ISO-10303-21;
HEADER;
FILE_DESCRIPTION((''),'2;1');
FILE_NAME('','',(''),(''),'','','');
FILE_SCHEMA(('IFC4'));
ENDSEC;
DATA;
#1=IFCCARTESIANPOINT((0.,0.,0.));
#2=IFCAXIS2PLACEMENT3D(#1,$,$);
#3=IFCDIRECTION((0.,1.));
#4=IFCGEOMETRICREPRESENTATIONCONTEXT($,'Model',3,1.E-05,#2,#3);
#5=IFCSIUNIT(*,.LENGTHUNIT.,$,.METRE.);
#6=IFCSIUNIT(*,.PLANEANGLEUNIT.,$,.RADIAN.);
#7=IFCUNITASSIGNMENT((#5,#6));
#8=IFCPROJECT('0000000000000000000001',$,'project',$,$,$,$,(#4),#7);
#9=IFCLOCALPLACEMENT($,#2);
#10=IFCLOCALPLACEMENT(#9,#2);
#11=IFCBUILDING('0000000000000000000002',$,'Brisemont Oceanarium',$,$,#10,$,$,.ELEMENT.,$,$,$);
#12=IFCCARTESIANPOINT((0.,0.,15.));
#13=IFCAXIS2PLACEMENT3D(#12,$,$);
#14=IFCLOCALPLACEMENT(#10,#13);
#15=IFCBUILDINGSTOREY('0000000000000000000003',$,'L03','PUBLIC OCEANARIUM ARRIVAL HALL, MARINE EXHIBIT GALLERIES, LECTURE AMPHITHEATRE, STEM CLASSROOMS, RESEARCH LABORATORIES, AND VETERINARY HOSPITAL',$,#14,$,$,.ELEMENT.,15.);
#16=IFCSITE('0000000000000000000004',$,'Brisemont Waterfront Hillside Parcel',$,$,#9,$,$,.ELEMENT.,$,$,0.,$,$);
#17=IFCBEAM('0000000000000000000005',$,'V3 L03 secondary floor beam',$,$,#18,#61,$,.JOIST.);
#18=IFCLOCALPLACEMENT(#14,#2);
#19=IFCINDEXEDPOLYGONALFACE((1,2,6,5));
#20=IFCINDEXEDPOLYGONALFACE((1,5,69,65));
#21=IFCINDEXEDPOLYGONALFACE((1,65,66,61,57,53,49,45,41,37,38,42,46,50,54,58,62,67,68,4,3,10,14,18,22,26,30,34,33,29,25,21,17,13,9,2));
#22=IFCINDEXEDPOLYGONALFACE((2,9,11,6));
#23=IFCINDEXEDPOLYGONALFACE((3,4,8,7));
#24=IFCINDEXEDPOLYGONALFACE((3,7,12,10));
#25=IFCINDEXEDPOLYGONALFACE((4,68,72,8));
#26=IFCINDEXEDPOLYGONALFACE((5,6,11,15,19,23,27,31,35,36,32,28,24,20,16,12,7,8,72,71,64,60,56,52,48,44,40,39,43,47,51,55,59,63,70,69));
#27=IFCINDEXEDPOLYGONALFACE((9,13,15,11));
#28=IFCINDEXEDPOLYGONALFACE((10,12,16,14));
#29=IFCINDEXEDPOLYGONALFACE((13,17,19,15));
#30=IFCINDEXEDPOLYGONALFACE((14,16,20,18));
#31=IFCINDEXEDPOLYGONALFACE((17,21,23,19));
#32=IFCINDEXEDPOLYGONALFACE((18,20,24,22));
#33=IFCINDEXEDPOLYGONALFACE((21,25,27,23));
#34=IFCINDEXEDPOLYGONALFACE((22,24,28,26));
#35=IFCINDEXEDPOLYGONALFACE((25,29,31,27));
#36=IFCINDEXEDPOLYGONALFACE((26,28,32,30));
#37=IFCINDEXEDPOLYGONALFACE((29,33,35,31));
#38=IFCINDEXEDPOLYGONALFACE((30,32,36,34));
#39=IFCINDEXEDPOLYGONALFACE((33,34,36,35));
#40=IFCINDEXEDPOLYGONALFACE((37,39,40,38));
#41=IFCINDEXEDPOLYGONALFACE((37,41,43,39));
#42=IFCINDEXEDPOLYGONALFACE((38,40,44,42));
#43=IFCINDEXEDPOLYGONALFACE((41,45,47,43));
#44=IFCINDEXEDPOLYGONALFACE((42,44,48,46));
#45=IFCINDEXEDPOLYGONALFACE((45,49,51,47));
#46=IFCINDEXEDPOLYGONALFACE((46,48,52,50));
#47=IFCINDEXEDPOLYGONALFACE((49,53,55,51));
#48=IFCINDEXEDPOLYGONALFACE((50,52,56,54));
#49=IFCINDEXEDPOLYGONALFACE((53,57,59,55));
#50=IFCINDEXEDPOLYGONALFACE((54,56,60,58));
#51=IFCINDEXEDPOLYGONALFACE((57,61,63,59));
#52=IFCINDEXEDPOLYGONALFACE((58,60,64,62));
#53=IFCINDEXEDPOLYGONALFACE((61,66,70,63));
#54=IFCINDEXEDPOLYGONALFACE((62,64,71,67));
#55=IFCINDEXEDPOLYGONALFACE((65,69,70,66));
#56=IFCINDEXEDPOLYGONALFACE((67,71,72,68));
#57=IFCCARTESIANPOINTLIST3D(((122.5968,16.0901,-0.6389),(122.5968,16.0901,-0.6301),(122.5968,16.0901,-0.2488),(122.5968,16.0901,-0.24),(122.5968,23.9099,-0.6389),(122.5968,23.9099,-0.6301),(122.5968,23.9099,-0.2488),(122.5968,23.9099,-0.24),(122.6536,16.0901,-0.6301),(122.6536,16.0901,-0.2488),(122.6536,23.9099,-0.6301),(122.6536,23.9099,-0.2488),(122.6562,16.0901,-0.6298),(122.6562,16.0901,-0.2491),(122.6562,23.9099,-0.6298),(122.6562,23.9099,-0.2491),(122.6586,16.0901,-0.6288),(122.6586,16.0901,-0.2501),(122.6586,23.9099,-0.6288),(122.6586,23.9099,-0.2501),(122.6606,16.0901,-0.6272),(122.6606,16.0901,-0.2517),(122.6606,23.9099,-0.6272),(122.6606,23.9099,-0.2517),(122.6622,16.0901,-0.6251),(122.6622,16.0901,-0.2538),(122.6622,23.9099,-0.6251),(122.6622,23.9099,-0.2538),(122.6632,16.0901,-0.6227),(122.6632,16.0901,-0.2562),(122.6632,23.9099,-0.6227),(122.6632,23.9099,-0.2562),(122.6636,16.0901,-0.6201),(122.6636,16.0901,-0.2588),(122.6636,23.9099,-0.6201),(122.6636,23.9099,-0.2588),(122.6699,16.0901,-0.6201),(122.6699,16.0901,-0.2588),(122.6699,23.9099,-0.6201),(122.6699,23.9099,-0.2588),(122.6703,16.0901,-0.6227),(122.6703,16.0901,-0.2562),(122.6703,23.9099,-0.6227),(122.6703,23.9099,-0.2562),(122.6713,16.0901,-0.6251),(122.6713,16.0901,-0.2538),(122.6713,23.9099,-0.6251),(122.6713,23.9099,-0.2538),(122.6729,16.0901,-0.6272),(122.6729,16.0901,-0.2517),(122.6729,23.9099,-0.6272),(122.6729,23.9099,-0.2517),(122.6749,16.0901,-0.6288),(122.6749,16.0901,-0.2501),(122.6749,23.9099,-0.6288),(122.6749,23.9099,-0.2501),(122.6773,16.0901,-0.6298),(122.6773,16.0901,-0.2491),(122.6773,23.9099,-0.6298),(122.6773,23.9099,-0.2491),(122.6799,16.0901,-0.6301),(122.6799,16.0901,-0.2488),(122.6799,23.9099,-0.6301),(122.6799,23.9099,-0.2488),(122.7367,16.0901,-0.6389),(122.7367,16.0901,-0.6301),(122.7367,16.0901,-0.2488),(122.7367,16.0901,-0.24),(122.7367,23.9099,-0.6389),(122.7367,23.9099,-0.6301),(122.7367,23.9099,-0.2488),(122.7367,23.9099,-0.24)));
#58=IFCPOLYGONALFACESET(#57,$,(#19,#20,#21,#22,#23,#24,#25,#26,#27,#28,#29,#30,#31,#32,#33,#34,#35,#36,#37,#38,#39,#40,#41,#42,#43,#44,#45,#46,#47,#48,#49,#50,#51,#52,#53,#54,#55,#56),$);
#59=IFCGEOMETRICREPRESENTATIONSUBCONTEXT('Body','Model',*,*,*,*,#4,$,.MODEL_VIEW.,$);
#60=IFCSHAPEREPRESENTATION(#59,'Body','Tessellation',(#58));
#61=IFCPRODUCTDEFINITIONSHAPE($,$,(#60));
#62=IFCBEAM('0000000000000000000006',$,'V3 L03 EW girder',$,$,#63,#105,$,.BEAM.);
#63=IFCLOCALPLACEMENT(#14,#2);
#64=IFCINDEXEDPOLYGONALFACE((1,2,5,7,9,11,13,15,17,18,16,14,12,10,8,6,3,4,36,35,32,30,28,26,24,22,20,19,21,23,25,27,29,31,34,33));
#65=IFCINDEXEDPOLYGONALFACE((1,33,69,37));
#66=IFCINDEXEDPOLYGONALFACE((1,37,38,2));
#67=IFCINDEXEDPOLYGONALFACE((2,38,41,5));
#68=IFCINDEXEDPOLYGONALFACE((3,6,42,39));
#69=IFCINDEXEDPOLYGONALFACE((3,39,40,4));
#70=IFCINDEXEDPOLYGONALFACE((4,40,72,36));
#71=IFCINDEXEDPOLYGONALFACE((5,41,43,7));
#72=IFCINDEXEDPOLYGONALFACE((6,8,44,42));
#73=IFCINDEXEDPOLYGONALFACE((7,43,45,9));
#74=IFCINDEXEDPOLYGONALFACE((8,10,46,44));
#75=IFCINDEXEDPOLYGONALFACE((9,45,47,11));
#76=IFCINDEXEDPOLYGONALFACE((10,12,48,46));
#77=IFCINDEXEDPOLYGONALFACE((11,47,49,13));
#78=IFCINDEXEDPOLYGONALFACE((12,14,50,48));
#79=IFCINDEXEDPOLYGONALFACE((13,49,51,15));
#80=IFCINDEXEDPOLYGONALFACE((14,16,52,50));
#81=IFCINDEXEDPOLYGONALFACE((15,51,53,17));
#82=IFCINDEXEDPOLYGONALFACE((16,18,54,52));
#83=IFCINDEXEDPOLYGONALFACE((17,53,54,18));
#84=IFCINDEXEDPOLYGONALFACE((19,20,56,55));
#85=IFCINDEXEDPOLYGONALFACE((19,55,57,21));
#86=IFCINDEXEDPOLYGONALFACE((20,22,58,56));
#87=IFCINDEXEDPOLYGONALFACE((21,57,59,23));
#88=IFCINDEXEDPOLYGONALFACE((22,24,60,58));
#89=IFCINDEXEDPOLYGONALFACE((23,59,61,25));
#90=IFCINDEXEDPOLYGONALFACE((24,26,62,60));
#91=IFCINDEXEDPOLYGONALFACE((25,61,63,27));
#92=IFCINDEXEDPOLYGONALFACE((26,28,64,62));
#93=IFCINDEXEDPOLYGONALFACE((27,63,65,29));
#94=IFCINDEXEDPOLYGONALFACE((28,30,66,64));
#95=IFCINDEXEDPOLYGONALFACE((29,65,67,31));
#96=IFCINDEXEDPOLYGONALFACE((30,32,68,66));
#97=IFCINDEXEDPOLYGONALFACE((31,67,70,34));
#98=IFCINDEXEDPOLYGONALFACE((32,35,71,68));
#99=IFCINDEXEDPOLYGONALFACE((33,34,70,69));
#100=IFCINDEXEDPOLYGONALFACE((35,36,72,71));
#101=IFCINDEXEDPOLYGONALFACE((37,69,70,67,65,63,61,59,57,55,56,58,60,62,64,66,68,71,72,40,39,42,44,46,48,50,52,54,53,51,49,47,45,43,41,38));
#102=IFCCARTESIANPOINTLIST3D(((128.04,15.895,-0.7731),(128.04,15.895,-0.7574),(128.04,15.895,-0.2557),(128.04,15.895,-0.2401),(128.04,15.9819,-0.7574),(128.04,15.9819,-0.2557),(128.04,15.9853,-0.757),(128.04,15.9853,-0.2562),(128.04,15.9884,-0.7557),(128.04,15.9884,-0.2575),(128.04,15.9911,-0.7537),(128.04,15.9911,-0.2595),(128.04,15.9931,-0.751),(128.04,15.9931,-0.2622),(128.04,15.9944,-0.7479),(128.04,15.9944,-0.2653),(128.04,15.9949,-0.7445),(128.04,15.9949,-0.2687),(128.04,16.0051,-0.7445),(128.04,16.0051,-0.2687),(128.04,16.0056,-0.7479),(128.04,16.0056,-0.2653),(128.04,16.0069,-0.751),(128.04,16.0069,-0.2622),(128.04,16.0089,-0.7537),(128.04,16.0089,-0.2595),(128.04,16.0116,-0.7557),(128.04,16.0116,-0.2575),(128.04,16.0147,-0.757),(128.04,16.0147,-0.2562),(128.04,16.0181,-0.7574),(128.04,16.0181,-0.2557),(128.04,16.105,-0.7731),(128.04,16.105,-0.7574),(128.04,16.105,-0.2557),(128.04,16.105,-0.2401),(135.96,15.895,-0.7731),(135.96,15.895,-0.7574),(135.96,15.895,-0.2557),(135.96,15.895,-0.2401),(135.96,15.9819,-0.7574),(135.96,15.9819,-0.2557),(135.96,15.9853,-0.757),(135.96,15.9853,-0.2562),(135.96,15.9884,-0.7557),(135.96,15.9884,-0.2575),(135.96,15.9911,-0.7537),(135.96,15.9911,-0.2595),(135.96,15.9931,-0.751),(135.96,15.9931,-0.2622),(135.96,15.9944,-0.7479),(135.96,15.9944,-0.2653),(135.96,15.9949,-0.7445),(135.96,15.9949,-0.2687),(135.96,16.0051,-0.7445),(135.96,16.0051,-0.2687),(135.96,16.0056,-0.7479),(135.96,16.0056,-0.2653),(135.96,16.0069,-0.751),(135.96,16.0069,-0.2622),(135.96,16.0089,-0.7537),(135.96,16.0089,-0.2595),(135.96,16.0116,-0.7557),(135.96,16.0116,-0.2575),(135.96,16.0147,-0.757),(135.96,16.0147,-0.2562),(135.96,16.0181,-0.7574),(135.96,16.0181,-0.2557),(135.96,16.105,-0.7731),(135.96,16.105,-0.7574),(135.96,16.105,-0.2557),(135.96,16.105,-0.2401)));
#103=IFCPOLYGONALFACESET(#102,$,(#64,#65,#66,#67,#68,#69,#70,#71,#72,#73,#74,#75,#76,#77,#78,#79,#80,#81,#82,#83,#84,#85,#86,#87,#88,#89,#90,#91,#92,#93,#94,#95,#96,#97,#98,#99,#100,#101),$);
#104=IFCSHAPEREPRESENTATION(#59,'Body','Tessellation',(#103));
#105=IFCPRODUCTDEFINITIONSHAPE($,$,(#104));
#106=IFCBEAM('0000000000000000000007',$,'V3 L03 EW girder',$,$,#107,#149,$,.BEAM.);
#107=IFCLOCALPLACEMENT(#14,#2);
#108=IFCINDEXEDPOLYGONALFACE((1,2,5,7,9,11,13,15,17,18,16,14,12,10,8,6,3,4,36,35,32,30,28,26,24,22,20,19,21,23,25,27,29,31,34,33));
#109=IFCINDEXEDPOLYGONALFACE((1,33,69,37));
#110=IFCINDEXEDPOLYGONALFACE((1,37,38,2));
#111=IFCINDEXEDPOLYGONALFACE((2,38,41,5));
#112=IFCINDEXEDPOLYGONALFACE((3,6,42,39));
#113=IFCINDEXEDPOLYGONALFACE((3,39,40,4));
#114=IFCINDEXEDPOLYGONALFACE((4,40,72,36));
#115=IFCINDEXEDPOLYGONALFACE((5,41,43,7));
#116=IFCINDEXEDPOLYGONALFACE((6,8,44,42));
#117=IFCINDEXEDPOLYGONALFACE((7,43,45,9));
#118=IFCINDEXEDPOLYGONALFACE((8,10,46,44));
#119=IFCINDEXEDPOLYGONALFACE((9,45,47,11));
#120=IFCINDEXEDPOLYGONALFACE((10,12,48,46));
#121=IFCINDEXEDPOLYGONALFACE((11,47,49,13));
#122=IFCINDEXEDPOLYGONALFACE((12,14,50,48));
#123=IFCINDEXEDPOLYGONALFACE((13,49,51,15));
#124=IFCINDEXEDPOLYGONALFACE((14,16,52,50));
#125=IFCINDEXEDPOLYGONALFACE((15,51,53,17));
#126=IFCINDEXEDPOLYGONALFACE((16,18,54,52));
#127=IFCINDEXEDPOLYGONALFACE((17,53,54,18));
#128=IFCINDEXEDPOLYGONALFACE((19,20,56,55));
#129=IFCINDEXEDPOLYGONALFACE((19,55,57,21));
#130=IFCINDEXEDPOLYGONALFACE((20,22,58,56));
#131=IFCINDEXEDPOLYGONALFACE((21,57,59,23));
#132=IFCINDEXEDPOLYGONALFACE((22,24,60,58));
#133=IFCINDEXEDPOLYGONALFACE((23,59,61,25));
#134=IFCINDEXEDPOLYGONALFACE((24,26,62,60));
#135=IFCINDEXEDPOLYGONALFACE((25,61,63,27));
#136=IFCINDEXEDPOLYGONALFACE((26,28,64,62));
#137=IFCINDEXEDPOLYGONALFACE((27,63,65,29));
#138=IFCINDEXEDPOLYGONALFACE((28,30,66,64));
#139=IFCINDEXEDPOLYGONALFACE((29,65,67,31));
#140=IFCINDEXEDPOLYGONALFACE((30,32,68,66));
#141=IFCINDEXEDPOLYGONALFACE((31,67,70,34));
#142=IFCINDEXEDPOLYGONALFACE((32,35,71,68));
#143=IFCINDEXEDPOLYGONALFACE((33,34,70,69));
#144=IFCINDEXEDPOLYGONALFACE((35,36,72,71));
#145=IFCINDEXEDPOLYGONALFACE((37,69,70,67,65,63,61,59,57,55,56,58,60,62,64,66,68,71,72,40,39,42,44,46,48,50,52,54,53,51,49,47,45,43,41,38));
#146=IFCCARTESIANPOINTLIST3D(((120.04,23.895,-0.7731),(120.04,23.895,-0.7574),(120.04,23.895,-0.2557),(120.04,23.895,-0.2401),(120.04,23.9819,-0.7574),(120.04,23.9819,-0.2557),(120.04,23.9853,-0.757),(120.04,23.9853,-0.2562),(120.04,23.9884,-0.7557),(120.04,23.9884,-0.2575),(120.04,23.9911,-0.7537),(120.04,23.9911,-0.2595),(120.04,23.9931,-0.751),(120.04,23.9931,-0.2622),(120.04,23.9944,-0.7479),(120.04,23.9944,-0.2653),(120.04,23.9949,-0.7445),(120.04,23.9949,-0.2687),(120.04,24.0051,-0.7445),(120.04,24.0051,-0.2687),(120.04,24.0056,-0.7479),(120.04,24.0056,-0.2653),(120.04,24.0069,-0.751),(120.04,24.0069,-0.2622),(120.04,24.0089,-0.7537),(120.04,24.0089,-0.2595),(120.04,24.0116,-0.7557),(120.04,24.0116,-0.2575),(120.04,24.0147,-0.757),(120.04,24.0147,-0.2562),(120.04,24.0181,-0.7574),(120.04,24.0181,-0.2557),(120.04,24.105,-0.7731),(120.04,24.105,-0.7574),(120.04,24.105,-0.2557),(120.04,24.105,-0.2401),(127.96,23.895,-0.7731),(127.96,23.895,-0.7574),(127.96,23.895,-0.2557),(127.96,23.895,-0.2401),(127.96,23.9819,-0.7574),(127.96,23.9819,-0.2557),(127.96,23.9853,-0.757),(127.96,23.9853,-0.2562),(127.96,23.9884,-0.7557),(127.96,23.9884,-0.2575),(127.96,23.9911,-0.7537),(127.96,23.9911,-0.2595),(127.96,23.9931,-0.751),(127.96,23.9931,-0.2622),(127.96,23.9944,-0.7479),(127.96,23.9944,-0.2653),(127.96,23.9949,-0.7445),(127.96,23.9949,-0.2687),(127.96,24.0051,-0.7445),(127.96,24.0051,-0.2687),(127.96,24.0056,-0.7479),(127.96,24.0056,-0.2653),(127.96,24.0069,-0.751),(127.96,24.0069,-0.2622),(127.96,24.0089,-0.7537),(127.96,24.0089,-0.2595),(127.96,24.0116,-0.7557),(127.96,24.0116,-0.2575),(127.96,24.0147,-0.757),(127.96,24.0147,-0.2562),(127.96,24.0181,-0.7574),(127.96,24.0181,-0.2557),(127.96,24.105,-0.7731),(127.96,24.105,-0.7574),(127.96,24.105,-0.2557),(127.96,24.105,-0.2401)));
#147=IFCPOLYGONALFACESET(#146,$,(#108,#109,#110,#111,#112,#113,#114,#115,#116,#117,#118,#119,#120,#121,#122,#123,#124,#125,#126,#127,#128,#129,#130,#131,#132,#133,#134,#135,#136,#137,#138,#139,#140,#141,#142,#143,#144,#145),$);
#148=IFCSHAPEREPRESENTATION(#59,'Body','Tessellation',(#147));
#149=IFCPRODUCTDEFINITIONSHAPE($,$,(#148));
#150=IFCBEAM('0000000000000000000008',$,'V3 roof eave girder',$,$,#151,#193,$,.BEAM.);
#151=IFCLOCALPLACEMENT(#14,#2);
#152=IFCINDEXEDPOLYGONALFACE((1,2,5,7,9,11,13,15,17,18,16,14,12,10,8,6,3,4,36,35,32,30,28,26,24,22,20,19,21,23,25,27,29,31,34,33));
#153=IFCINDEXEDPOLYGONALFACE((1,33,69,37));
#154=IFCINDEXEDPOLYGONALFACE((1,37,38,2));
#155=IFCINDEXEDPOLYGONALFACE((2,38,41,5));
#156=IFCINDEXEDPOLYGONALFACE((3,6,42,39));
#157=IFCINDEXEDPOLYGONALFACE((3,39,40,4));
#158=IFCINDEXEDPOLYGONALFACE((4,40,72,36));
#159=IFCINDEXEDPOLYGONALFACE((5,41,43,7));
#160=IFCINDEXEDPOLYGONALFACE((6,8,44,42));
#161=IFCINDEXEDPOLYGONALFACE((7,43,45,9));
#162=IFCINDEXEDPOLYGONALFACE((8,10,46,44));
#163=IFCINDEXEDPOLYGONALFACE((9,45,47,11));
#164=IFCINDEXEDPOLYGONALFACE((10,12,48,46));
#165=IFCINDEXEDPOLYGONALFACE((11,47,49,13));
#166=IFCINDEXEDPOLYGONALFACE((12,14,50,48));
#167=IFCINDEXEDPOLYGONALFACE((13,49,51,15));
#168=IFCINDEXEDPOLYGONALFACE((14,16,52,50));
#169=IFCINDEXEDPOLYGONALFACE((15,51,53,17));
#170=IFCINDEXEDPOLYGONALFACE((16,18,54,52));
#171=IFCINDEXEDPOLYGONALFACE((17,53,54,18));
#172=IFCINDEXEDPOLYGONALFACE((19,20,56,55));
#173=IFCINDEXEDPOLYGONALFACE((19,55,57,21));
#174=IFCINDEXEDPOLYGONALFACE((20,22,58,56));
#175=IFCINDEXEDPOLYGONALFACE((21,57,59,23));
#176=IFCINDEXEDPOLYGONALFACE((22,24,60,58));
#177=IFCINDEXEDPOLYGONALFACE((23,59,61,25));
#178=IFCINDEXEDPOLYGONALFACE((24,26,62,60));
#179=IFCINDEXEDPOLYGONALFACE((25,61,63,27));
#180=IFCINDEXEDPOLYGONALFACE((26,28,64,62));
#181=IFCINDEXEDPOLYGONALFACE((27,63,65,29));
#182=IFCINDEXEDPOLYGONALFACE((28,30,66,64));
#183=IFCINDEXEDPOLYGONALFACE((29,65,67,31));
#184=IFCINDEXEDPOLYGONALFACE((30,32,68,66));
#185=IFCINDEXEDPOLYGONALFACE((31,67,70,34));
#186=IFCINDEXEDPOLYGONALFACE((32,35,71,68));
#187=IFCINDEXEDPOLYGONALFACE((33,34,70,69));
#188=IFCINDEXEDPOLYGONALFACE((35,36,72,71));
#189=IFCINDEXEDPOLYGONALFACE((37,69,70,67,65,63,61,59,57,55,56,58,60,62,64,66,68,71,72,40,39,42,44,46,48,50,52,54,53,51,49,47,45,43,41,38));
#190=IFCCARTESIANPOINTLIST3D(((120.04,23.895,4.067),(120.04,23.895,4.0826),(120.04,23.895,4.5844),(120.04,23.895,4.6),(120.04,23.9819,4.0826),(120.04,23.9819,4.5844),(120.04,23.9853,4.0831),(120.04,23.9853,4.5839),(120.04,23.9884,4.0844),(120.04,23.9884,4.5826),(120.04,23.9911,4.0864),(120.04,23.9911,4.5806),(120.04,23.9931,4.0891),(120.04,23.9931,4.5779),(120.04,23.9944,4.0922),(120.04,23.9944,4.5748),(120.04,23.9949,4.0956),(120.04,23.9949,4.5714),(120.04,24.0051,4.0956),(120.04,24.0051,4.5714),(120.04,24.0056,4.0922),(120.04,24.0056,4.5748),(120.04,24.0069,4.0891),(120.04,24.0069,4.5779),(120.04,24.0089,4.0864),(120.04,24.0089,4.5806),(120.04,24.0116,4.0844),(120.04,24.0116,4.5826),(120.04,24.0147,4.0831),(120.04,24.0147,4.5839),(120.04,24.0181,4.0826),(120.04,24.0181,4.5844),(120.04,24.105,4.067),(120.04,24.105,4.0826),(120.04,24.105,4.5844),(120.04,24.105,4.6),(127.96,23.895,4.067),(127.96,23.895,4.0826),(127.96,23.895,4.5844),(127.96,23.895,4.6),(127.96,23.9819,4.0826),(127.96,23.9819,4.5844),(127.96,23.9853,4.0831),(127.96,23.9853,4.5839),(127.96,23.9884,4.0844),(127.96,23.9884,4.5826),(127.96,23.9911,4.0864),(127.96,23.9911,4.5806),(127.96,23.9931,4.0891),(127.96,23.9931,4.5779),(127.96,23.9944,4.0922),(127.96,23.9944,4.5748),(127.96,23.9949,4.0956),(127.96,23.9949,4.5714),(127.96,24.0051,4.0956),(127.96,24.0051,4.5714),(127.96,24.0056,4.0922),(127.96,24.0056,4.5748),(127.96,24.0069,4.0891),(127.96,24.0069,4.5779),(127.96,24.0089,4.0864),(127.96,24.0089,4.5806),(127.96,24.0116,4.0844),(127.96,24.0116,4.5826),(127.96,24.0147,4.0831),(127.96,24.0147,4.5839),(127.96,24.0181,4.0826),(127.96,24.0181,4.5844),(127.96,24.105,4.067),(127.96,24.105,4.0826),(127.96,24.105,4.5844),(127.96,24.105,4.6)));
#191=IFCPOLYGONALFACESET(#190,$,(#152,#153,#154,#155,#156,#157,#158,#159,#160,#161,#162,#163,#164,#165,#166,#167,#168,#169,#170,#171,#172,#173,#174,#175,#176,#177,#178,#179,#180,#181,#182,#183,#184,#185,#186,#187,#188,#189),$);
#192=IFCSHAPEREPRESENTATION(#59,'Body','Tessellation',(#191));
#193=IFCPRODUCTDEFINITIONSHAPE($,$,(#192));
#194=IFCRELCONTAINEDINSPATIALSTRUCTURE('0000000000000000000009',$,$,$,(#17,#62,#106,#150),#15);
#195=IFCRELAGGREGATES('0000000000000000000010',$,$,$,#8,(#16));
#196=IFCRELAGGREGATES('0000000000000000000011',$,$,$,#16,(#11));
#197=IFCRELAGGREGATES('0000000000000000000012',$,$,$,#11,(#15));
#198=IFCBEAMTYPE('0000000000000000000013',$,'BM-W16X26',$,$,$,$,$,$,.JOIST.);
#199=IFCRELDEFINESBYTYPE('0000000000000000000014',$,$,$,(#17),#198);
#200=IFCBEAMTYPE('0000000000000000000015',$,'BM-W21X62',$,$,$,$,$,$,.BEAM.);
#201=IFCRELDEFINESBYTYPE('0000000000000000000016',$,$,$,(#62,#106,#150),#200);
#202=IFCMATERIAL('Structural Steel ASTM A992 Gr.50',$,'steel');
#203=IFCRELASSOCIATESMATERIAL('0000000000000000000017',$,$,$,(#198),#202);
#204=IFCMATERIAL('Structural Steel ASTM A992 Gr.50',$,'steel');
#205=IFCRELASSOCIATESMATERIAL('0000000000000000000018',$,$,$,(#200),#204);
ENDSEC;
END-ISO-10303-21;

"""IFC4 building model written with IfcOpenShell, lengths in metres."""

from ifc_helpers import new_model, si_unit, direction, frame, origin, origin_2d, place, context, subcontext, project, spatial, i_section, extrude, material, material_profile, profile_set, type_object, element, save


model = new_model("IFC4")

# Units and contexts
model_context = context("Model", 3, precision=1e-05, world=origin(), true_north=direction((0.0, 1.0)))
body_context = subcontext(model_context, "Body", "Model", "MODEL_VIEW")
ifc_project = project(units=[si_unit("LENGTHUNIT", "METRE"), si_unit("PLANEANGLEUNIT", "RADIAN")], contexts=[model_context])

# Site, building, storey
site_placement = place(None, origin())
site = spatial("IfcSite", under=ifc_project, at=site_placement, Name="Brisemont Waterfront Hillside Parcel", CompositionType="ELEMENT", RefElevation=0.0)
building_placement = place(site_placement, origin())
building = spatial("IfcBuilding", under=site, at=building_placement, Name="Brisemont Oceanarium", CompositionType="ELEMENT")
storey_placement = place(building_placement, frame((0.0, 0.0, 15.0)))
storey = spatial("IfcBuildingStorey", under=building, at=storey_placement, Name="L03", Description="PUBLIC OCEANARIUM ARRIVAL HALL, MARINE EXHIBIT GALLERIES, LECTURE AMPHITHEATRE, STEM CLASSROOMS, RESEARCH LABORATORIES, AND VETERINARY HOSPITAL", CompositionType="ELEMENT", Elevation=15.0)

# Beams
ifc_material_1 = material(Name="Structural Steel ASTM A992 Gr.50", Category="steel")
ifc_material_profile_1 = material_profile(ifc_material_1, i_section(OverallWidth=0.1399, OverallDepth=0.3989, WebThickness=0.0063, FlangeThickness=0.0088, FilletRadius=0.01, at=origin_2d()), Name="W16X26")
ifc_profile_set_1 = profile_set([ifc_material_profile_1], Name="Structural Steel ASTM A992 Gr.50")
beam_type_1 = type_object("IfcBeamType", Name="BM-W16X26", PredefinedType="JOIST", material=ifc_profile_set_1)
beam_1_placement = place(storey_placement, frame((122.6667, 16.0901, -0.4395), z_axis=(0.0, 1.0, 0.0), x_axis=(-1.0, 0.0, 0.0)))
element("IfcBeam", 1, at=beam_1_placement, inside=storey, type_object=beam_type_1, Name="V3 L03 secondary floor beam", PredefinedType="JOIST", context=body_context, shape_type="SweptSolid", body=[
    extrude(i_section(OverallWidth=0.1399, OverallDepth=0.3989, WebThickness=0.0063, FlangeThickness=0.0088, FilletRadius=0.01, at=origin_2d()), origin(), (0.0, 0.0, 1.0), 7.8198),
])
ifc_material_2 = material(Name="Structural Steel ASTM A992 Gr.50", Category="steel")
ifc_material_profile_2 = material_profile(ifc_material_2, i_section(OverallWidth=0.21, OverallDepth=0.533, WebThickness=0.0103, FlangeThickness=0.0156, FilletRadius=0.0129, at=origin_2d()), Name="W21X62")
ifc_profile_set_2 = profile_set([ifc_material_profile_2], Name="Structural Steel ASTM A992 Gr.50")
beam_type_2 = type_object("IfcBeamType", Name="BM-W21X62", PredefinedType="BEAM", material=ifc_profile_set_2)
for number, where, z_axis, x_axis, name in (
    (2, (128.04, 16.0, -0.5066), (1.0, 0.0, 0.0), (0.0, 1.0, 0.0), "V3 L03 EW girder"),
    (3, (120.04, 24.0, -0.5066), (1.0, 0.0, 0.0), (0.0, 1.0, 0.0), "V3 L03 EW girder"),
    (4, (120.04, 24.0, 4.3335), (1.0, 0.0, 0.0), (0.0, 1.0, 0.0), "V3 roof eave girder"),
):
    element("IfcBeam", number, at=place(storey_placement, frame(where, z_axis=z_axis, x_axis=x_axis)), inside=storey, type_object=beam_type_2, Name=name, PredefinedType="BEAM", context=body_context, shape_type="SweptSolid", body=[
        extrude(i_section(OverallWidth=0.21, OverallDepth=0.533, WebThickness=0.0103, FlangeThickness=0.0156, FilletRadius=0.0129, at=origin_2d()), origin(), (0.0, 0.0, 1.0), 7.9199),
    ])

save(model, "model.ifc")
